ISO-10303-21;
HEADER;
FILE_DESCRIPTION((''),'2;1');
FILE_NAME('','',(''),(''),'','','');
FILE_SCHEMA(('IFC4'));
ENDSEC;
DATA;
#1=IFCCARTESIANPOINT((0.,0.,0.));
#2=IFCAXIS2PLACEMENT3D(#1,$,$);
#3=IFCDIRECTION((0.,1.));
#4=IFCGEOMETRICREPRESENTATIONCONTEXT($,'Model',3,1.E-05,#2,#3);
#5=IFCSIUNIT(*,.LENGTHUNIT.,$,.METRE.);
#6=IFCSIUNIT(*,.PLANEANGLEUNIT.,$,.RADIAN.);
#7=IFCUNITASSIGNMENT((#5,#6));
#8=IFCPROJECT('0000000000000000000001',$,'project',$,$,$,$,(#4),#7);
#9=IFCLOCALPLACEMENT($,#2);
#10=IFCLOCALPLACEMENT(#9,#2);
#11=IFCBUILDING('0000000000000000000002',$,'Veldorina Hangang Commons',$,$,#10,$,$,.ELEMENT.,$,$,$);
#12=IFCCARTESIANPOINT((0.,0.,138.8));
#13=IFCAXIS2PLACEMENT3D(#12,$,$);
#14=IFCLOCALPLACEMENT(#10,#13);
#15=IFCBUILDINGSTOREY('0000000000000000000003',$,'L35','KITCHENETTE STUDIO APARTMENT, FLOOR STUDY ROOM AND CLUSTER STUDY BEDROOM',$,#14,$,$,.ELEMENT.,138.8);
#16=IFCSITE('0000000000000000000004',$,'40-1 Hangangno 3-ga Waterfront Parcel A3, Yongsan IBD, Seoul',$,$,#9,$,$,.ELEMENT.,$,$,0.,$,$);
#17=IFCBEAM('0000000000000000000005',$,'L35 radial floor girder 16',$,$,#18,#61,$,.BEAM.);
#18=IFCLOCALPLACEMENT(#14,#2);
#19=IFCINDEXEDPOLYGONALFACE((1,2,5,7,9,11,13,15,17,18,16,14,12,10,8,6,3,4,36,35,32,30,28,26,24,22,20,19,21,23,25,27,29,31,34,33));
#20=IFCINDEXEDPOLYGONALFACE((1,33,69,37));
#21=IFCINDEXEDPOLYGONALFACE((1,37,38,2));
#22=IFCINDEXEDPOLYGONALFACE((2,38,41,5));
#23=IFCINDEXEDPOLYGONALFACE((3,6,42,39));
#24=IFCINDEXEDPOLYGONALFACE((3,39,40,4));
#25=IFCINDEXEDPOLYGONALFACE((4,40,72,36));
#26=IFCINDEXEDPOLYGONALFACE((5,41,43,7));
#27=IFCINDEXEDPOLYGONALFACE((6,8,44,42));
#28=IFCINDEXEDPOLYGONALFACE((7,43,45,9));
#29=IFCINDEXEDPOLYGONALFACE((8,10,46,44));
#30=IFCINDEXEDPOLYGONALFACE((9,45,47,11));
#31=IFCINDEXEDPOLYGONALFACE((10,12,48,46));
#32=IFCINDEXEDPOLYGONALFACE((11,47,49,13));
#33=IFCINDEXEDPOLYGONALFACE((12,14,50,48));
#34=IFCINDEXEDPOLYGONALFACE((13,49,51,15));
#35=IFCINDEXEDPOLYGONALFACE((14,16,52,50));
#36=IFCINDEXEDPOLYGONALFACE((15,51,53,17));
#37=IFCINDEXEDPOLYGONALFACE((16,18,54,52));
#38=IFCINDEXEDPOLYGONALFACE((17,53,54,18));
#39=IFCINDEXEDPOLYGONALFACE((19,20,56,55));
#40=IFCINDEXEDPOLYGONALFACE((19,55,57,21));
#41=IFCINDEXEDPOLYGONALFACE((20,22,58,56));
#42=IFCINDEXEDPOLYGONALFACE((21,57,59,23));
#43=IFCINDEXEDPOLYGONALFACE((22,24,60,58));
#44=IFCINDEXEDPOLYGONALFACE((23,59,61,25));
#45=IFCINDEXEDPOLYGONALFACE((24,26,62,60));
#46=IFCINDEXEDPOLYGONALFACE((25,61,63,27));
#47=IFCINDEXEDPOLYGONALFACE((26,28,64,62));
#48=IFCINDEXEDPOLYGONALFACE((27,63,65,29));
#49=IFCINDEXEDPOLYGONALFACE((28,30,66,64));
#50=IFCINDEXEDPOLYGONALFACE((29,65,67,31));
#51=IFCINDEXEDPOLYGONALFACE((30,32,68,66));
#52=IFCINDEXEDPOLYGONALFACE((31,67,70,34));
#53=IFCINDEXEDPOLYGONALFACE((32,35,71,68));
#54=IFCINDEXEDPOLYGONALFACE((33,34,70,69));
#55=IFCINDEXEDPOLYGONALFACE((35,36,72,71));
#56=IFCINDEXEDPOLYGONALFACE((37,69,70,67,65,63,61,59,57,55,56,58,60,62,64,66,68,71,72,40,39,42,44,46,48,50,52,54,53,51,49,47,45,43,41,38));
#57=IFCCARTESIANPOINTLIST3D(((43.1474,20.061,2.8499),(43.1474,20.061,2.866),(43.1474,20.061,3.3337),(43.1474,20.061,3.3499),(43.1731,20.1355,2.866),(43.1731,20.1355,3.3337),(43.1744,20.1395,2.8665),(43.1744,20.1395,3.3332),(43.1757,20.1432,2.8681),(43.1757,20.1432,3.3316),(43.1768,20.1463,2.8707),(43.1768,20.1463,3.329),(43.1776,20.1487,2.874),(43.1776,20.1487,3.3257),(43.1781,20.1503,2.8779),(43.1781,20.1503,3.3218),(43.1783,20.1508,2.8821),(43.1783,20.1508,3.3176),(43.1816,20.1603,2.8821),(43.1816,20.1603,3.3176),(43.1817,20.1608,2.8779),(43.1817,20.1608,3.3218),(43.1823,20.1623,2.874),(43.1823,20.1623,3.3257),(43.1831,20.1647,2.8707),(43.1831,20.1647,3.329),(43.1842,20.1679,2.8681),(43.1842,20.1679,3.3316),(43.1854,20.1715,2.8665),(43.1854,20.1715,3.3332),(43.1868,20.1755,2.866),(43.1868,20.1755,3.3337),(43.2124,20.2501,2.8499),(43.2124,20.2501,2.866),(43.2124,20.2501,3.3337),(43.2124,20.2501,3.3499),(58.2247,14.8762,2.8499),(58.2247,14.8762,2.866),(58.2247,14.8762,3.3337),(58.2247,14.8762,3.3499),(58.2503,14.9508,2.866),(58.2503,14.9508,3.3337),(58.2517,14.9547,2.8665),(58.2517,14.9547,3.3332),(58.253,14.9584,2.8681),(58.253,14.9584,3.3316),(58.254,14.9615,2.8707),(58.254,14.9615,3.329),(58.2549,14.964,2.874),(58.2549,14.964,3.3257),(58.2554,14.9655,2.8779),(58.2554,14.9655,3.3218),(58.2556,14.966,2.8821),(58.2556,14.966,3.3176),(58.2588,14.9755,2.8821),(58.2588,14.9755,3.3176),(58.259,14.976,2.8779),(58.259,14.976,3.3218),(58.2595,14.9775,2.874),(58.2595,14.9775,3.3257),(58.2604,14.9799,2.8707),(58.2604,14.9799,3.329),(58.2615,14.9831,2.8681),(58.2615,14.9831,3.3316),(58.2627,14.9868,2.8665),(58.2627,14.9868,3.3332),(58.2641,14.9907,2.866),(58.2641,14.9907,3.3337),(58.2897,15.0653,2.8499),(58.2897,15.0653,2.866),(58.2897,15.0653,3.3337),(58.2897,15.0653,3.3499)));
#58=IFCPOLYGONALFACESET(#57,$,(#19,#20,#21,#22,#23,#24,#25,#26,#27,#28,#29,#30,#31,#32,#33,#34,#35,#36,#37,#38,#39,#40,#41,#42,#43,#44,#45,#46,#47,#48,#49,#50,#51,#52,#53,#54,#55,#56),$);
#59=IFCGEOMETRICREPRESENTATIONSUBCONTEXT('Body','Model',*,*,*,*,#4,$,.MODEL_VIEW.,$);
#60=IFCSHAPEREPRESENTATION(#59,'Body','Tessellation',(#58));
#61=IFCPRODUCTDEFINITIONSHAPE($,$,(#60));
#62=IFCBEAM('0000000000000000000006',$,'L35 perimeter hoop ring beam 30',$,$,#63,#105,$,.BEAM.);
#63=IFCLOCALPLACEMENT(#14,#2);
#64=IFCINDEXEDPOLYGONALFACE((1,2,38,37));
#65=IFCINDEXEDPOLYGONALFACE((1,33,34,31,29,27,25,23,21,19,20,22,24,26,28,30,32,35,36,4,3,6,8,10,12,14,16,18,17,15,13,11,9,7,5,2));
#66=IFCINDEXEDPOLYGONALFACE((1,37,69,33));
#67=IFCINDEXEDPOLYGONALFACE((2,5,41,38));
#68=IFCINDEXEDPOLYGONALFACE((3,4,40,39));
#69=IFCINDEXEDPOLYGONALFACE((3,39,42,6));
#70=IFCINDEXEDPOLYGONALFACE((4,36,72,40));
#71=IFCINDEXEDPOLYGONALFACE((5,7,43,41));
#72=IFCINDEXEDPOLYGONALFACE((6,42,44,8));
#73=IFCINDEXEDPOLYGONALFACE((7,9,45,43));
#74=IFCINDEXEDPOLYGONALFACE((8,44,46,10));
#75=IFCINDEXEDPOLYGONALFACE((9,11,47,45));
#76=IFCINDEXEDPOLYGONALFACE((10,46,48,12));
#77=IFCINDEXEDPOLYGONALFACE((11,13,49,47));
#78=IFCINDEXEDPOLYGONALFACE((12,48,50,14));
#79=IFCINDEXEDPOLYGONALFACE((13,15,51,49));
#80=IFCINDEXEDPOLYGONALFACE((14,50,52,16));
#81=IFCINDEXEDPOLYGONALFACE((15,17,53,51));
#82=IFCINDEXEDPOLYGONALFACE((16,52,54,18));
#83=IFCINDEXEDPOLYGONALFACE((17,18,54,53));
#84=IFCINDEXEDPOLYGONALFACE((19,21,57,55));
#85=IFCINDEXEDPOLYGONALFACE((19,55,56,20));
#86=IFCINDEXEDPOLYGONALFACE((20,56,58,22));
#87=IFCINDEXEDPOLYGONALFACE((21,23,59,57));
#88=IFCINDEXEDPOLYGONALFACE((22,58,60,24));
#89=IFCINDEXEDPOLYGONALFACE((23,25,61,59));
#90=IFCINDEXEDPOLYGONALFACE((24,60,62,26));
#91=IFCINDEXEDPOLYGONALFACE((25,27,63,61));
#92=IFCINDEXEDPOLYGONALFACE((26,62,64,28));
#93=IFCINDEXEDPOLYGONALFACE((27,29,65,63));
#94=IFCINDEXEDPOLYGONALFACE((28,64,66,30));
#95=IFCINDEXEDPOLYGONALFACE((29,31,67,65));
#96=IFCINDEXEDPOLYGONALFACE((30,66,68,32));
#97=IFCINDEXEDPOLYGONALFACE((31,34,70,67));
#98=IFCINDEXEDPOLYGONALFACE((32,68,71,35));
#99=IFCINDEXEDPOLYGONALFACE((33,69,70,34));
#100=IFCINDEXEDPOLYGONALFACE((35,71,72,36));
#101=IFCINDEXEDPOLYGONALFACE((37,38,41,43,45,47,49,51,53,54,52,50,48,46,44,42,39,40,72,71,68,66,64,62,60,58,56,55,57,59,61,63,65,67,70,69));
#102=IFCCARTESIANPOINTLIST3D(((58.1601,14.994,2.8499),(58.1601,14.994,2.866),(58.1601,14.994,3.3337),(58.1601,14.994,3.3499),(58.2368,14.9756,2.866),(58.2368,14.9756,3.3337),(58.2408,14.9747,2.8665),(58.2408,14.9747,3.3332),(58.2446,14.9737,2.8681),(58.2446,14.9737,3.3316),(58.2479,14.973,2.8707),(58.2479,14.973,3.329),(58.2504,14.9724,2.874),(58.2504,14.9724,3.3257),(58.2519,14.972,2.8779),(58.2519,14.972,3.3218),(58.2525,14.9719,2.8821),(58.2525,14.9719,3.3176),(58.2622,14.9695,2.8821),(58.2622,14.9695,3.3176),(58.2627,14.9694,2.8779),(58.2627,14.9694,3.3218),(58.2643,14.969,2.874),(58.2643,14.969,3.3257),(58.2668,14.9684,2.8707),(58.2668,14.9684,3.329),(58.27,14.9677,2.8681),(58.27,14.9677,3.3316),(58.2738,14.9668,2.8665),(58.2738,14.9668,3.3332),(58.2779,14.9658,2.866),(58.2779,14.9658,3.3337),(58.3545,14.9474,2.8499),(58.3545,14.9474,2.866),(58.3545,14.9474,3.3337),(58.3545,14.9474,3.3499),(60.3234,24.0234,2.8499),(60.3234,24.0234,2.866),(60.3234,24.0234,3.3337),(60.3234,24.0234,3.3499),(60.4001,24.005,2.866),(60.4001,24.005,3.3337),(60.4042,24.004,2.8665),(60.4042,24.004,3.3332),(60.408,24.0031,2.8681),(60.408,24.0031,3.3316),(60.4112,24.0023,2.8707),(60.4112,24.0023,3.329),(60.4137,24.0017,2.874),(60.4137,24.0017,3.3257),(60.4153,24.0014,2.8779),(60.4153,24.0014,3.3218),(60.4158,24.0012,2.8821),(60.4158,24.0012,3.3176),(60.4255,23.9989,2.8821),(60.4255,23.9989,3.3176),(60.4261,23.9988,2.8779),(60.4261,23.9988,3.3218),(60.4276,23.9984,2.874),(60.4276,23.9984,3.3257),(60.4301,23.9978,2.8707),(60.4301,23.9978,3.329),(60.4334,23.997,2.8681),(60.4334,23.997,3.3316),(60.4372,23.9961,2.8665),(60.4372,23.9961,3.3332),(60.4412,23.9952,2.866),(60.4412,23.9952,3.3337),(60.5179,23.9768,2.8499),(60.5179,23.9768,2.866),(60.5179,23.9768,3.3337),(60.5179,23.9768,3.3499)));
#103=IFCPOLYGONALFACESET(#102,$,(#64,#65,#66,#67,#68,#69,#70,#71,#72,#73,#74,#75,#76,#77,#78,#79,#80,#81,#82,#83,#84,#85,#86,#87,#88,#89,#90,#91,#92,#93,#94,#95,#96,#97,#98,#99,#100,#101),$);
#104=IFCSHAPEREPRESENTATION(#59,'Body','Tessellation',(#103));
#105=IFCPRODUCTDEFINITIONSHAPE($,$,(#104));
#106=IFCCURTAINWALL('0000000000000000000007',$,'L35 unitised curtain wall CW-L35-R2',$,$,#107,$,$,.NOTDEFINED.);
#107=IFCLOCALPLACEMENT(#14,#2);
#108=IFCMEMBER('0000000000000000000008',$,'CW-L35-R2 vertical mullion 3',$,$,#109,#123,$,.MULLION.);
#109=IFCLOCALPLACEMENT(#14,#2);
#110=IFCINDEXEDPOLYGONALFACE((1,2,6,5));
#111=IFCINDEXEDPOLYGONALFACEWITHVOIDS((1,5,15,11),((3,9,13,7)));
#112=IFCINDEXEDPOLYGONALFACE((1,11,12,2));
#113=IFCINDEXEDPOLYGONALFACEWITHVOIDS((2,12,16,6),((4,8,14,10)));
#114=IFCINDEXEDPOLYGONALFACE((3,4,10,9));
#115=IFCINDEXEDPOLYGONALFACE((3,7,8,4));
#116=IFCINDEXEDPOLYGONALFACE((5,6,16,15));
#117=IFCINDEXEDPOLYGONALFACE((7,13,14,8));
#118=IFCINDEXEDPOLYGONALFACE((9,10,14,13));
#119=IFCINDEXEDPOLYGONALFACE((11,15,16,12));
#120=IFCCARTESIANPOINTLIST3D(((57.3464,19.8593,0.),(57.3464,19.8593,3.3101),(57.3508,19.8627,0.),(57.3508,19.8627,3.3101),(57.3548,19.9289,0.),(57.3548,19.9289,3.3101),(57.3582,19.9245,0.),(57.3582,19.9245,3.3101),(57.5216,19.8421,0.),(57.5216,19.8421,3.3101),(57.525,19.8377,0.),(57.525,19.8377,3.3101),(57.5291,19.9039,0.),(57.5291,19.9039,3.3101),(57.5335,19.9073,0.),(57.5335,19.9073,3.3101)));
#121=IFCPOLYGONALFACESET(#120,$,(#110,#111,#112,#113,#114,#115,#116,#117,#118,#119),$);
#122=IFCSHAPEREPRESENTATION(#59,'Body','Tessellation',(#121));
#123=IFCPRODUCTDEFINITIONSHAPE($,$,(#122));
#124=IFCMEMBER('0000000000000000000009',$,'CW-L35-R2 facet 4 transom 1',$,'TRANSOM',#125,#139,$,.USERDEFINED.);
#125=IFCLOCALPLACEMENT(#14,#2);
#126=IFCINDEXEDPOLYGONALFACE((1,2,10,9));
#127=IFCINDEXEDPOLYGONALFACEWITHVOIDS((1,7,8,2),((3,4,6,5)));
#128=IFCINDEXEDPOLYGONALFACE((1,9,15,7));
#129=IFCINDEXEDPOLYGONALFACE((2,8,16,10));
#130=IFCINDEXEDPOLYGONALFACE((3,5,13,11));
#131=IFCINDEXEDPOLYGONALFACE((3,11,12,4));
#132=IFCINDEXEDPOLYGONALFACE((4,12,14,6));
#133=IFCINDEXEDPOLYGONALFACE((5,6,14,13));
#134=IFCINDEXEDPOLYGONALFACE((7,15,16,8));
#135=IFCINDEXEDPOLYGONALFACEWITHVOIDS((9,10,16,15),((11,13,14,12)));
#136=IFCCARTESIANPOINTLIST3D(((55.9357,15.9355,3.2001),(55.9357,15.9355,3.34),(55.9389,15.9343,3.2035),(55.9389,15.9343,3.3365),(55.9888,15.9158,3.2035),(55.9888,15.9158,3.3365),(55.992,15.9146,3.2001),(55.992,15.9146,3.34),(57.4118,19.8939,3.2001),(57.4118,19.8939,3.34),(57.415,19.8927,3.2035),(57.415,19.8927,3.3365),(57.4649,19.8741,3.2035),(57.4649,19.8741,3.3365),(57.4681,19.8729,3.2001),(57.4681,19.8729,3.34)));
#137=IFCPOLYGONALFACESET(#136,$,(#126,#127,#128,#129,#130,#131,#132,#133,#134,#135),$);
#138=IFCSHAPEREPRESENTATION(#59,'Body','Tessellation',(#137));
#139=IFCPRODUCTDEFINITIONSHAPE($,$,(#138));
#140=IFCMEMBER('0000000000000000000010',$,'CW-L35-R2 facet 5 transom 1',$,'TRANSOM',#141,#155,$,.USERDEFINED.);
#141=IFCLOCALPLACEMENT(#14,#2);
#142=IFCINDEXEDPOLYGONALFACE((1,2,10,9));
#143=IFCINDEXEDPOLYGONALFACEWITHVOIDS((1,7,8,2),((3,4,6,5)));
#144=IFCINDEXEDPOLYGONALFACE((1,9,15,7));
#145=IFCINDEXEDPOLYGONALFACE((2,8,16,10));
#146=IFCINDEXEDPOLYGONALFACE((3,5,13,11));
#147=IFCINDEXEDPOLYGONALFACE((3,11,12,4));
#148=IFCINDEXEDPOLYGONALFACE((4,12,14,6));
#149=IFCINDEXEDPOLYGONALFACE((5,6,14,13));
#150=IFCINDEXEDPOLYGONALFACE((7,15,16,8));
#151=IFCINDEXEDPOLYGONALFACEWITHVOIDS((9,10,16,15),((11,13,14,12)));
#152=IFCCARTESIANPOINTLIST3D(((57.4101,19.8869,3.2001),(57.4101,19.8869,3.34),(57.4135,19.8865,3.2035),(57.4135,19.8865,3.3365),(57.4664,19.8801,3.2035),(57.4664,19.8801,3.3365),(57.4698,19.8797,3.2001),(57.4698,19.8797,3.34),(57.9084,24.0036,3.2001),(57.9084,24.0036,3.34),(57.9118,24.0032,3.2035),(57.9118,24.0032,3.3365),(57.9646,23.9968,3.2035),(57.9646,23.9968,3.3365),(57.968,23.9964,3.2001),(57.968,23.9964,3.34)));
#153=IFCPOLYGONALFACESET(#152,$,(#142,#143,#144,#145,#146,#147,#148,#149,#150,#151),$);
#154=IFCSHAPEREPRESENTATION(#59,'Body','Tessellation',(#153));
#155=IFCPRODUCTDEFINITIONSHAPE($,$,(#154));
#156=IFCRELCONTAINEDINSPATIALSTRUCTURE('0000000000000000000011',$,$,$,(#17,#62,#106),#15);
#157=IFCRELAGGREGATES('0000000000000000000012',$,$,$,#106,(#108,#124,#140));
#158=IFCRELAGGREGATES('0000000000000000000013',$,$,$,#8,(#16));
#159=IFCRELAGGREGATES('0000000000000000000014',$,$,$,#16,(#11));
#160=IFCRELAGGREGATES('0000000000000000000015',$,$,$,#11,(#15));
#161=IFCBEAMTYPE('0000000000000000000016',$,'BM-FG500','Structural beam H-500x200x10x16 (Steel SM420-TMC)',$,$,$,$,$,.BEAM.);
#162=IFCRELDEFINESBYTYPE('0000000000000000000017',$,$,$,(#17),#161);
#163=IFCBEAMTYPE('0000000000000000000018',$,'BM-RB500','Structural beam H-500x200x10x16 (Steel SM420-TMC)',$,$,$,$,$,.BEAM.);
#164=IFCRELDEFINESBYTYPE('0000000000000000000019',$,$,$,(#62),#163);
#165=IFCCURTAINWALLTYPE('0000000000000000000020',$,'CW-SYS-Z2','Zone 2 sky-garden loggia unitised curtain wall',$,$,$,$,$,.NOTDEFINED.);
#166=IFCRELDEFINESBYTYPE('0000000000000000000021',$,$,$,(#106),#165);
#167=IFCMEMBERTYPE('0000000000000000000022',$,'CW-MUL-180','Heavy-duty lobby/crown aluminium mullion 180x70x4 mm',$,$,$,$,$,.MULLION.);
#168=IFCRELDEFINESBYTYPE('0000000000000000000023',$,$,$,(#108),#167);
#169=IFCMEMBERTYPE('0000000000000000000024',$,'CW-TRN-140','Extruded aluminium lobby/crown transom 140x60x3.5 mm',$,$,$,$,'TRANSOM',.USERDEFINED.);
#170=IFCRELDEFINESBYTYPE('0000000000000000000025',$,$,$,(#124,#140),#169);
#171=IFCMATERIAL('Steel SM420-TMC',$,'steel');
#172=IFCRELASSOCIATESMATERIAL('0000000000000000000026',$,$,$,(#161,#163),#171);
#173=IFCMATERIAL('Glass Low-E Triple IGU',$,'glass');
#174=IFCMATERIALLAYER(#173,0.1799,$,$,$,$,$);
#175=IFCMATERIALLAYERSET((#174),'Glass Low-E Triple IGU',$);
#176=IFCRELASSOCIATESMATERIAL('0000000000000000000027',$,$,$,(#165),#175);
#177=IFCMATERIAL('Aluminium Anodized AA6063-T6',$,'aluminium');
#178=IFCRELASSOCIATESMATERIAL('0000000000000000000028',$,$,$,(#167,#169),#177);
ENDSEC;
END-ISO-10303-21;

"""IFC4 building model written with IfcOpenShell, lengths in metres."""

from ifc_helpers import new_model, si_unit, direction, frame, origin, origin_2d, place, context, subcontext, project, spatial, hollow_rectangle, i_section, extrude, material, layer, layer_set, material_profile, profile_set, type_object, element, aggregate, save


model = new_model("IFC4")

# Units and contexts
model_context = context("Model", 3, precision=1e-05, world=origin(), true_north=direction((0.0, 1.0)))
body_context = subcontext(model_context, "Body", "Model", "MODEL_VIEW")
ifc_project = project(units=[si_unit("LENGTHUNIT", "METRE"), si_unit("PLANEANGLEUNIT", "RADIAN")], contexts=[model_context])

# Site, building, storey
site_placement = place(None, origin())
site = spatial("IfcSite", under=ifc_project, at=site_placement, Name="40-1 Hangangno 3-ga Waterfront Parcel A3, Yongsan IBD, Seoul", CompositionType="ELEMENT", RefElevation=0.0)
building_placement = place(site_placement, origin())
building = spatial("IfcBuilding", under=site, at=building_placement, Name="Veldorina Hangang Commons", CompositionType="ELEMENT")
storey_placement = place(building_placement, frame((0.0, 0.0, 138.8)))
storey = spatial("IfcBuildingStorey", under=building, at=storey_placement, Name="L35", Description="KITCHENETTE STUDIO APARTMENT, FLOOR STUDY ROOM AND CLUSTER STUDY BEDROOM", CompositionType="ELEMENT", Elevation=138.8)

# Beams
ifc_material_1 = material(Name="Steel SM420-TMC", Category="steel")
ifc_material_profile_1 = material_profile(ifc_material_1, i_section(OverallWidth=0.2, OverallDepth=0.5, WebThickness=0.01, FlangeThickness=0.0161, FilletRadius=0.0161, at=origin_2d()), Name="H-500x200x10x16")
ifc_profile_set_1 = profile_set([ifc_material_profile_1], Name="Steel SM420-TMC")
beam_type_1 = type_object("IfcBeamType", Name="BM-FG500", Description="Structural beam H-500x200x10x16 (Steel SM420-TMC)", PredefinedType="BEAM", material=ifc_profile_set_1)
beam_1_placement = place(storey_placement, frame((43.1799, 20.1555, 3.0999), z_axis=(0.945649, -0.32519, 0.0), x_axis=(0.32519, 0.945649, 0.0)))
element("IfcBeam", 1, at=beam_1_placement, inside=storey, type_object=beam_type_1, Name="L35 radial floor girder 16", PredefinedType="BEAM", context=body_context, shape_type="SweptSolid", body=[
    extrude(i_section(OverallWidth=0.2, OverallDepth=0.5, WebThickness=0.01, FlangeThickness=0.0161, FilletRadius=0.0161, at=origin_2d()), origin(), (0.0, 0.0, 1.0), 15.9438),
])
ifc_material_profile_2 = material_profile(ifc_material_1, i_section(OverallWidth=0.2, OverallDepth=0.5, WebThickness=0.01, FlangeThickness=0.0161, FilletRadius=0.0161, at=origin_2d()), Name="H-500x200x10x16")
ifc_profile_set_2 = profile_set([ifc_material_profile_2], Name="Steel SM420-TMC")
beam_type_2 = type_object("IfcBeamType", Name="BM-RB500", Description="Structural beam H-500x200x10x16 (Steel SM420-TMC)", PredefinedType="BEAM", material=ifc_profile_set_2)
beam_2_placement = place(storey_placement, frame((58.2573, 14.9707, 3.0999), z_axis=(0.232996, 0.972478, 0.0), x_axis=(-0.972478, 0.232996, 0.0)))
element("IfcBeam", 2, at=beam_2_placement, inside=storey, type_object=beam_type_2, Name="L35 perimeter hoop ring beam 30", PredefinedType="BEAM", context=body_context, shape_type="SweptSolid", body=[
    extrude(i_section(OverallWidth=0.2, OverallDepth=0.5, WebThickness=0.01, FlangeThickness=0.0161, FilletRadius=0.0161, at=origin_2d()), origin(), (0.0, 0.0, 1.0), 9.2849),
])

# Curtain wall, members
ifc_material_2 = material(Name="Glass Low-E Triple IGU", Category="glass")
ifc_layer_1 = layer(ifc_material_2, 0.1799)
ifc_layer_set_1 = layer_set([ifc_layer_1], Name="Glass Low-E Triple IGU")
curtain_wall_type = type_object("IfcCurtainWallType", Name="CW-SYS-Z2", Description="Zone 2 sky-garden loggia unitised curtain wall", PredefinedType="NOTDEFINED", material=ifc_layer_set_1)
curtain_wall_placement = place(storey_placement, origin())
curtain_wall = element("IfcCurtainWall", 3, at=curtain_wall_placement, inside=storey, type_object=curtain_wall_type, Name="L35 unitised curtain wall CW-L35-R2", PredefinedType="NOTDEFINED")
ifc_material_3 = material(Name="Aluminium Anodized AA6063-T6", Category="aluminium")
ifc_material_profile_3 = material_profile(ifc_material_3, hollow_rectangle(XDim=0.0701, YDim=0.1799, WallThickness=0.0039, at=origin_2d()), Name="ALU-RHS-180x70x4")
ifc_profile_set_3 = profile_set([ifc_material_profile_3], Name="Aluminium Anodized AA6063-T6")
member_type_1 = type_object("IfcMemberType", Name="CW-MUL-180", Description="Heavy-duty lobby/crown aluminium mullion 180x70x4 mm", PredefinedType="MULLION", material=ifc_profile_set_3)
member_1_placement = place(storey_placement, frame((57.4399, 19.8833, 0.0), z_axis=(0.0, 0.0, 1.0), x_axis=(0.120189, 0.992751, 0.0)))
member_1 = element("IfcMember", 4, at=member_1_placement, type_object=member_type_1, Name="CW-L35-R2 vertical mullion 3", PredefinedType="MULLION", context=body_context, shape_type="SweptSolid", body=[
    extrude(hollow_rectangle(XDim=0.0701, YDim=0.1799, WallThickness=0.0039, at=origin_2d()), origin(), (0.0, 0.0, 1.0), 3.3101),
])
ifc_material_profile_4 = material_profile(ifc_material_3, hollow_rectangle(XDim=0.0601, YDim=0.1399, WallThickness=0.0034, at=origin_2d()), Name="ALU-RHS-140x60x3.5")
ifc_profile_set_4 = profile_set([ifc_material_profile_4], Name="Aluminium Anodized AA6063-T6")
member_type_2 = type_object("IfcMemberType", Name="CW-TRN-140", Description="Extruded aluminium lobby/crown transom 140x60x3.5 mm", ElementType="TRANSOM", PredefinedType="USERDEFINED", material=ifc_profile_set_4)
member_2_placement = place(storey_placement, frame((55.9639, 15.925, 3.27), z_axis=(0.349407, 0.936971, 0.0), x_axis=(-0.936971, 0.349407, 0.0)))
member_2 = element("IfcMember", 5, at=member_2_placement, type_object=member_type_2, Name="CW-L35-R2 facet 4 transom 1", ObjectType="TRANSOM", PredefinedType="USERDEFINED", context=body_context, shape_type="SweptSolid", body=[
    extrude(hollow_rectangle(XDim=0.0601, YDim=0.1399, WallThickness=0.0034, at=origin_2d()), origin(), (0.0, 0.0, 1.0), 4.2246),
])
member_3_placement = place(storey_placement, frame((57.4399, 19.8833, 3.27), z_axis=(0.120164, 0.992754, 0.0), x_axis=(-0.992754, 0.120164, 0.0)))
member_3 = element("IfcMember", 6, at=member_3_placement, type_object=member_type_2, Name="CW-L35-R2 facet 5 transom 1", ObjectType="TRANSOM", PredefinedType="USERDEFINED", context=body_context, shape_type="SweptSolid", body=[
    extrude(hollow_rectangle(XDim=0.0601, YDim=0.1399, WallThickness=0.0034, at=origin_2d()), origin(), (0.0, 0.0, 1.0), 4.1467),
])

aggregate(curtain_wall, [member_1, member_2, member_3])

save(model, "model.ifc")
